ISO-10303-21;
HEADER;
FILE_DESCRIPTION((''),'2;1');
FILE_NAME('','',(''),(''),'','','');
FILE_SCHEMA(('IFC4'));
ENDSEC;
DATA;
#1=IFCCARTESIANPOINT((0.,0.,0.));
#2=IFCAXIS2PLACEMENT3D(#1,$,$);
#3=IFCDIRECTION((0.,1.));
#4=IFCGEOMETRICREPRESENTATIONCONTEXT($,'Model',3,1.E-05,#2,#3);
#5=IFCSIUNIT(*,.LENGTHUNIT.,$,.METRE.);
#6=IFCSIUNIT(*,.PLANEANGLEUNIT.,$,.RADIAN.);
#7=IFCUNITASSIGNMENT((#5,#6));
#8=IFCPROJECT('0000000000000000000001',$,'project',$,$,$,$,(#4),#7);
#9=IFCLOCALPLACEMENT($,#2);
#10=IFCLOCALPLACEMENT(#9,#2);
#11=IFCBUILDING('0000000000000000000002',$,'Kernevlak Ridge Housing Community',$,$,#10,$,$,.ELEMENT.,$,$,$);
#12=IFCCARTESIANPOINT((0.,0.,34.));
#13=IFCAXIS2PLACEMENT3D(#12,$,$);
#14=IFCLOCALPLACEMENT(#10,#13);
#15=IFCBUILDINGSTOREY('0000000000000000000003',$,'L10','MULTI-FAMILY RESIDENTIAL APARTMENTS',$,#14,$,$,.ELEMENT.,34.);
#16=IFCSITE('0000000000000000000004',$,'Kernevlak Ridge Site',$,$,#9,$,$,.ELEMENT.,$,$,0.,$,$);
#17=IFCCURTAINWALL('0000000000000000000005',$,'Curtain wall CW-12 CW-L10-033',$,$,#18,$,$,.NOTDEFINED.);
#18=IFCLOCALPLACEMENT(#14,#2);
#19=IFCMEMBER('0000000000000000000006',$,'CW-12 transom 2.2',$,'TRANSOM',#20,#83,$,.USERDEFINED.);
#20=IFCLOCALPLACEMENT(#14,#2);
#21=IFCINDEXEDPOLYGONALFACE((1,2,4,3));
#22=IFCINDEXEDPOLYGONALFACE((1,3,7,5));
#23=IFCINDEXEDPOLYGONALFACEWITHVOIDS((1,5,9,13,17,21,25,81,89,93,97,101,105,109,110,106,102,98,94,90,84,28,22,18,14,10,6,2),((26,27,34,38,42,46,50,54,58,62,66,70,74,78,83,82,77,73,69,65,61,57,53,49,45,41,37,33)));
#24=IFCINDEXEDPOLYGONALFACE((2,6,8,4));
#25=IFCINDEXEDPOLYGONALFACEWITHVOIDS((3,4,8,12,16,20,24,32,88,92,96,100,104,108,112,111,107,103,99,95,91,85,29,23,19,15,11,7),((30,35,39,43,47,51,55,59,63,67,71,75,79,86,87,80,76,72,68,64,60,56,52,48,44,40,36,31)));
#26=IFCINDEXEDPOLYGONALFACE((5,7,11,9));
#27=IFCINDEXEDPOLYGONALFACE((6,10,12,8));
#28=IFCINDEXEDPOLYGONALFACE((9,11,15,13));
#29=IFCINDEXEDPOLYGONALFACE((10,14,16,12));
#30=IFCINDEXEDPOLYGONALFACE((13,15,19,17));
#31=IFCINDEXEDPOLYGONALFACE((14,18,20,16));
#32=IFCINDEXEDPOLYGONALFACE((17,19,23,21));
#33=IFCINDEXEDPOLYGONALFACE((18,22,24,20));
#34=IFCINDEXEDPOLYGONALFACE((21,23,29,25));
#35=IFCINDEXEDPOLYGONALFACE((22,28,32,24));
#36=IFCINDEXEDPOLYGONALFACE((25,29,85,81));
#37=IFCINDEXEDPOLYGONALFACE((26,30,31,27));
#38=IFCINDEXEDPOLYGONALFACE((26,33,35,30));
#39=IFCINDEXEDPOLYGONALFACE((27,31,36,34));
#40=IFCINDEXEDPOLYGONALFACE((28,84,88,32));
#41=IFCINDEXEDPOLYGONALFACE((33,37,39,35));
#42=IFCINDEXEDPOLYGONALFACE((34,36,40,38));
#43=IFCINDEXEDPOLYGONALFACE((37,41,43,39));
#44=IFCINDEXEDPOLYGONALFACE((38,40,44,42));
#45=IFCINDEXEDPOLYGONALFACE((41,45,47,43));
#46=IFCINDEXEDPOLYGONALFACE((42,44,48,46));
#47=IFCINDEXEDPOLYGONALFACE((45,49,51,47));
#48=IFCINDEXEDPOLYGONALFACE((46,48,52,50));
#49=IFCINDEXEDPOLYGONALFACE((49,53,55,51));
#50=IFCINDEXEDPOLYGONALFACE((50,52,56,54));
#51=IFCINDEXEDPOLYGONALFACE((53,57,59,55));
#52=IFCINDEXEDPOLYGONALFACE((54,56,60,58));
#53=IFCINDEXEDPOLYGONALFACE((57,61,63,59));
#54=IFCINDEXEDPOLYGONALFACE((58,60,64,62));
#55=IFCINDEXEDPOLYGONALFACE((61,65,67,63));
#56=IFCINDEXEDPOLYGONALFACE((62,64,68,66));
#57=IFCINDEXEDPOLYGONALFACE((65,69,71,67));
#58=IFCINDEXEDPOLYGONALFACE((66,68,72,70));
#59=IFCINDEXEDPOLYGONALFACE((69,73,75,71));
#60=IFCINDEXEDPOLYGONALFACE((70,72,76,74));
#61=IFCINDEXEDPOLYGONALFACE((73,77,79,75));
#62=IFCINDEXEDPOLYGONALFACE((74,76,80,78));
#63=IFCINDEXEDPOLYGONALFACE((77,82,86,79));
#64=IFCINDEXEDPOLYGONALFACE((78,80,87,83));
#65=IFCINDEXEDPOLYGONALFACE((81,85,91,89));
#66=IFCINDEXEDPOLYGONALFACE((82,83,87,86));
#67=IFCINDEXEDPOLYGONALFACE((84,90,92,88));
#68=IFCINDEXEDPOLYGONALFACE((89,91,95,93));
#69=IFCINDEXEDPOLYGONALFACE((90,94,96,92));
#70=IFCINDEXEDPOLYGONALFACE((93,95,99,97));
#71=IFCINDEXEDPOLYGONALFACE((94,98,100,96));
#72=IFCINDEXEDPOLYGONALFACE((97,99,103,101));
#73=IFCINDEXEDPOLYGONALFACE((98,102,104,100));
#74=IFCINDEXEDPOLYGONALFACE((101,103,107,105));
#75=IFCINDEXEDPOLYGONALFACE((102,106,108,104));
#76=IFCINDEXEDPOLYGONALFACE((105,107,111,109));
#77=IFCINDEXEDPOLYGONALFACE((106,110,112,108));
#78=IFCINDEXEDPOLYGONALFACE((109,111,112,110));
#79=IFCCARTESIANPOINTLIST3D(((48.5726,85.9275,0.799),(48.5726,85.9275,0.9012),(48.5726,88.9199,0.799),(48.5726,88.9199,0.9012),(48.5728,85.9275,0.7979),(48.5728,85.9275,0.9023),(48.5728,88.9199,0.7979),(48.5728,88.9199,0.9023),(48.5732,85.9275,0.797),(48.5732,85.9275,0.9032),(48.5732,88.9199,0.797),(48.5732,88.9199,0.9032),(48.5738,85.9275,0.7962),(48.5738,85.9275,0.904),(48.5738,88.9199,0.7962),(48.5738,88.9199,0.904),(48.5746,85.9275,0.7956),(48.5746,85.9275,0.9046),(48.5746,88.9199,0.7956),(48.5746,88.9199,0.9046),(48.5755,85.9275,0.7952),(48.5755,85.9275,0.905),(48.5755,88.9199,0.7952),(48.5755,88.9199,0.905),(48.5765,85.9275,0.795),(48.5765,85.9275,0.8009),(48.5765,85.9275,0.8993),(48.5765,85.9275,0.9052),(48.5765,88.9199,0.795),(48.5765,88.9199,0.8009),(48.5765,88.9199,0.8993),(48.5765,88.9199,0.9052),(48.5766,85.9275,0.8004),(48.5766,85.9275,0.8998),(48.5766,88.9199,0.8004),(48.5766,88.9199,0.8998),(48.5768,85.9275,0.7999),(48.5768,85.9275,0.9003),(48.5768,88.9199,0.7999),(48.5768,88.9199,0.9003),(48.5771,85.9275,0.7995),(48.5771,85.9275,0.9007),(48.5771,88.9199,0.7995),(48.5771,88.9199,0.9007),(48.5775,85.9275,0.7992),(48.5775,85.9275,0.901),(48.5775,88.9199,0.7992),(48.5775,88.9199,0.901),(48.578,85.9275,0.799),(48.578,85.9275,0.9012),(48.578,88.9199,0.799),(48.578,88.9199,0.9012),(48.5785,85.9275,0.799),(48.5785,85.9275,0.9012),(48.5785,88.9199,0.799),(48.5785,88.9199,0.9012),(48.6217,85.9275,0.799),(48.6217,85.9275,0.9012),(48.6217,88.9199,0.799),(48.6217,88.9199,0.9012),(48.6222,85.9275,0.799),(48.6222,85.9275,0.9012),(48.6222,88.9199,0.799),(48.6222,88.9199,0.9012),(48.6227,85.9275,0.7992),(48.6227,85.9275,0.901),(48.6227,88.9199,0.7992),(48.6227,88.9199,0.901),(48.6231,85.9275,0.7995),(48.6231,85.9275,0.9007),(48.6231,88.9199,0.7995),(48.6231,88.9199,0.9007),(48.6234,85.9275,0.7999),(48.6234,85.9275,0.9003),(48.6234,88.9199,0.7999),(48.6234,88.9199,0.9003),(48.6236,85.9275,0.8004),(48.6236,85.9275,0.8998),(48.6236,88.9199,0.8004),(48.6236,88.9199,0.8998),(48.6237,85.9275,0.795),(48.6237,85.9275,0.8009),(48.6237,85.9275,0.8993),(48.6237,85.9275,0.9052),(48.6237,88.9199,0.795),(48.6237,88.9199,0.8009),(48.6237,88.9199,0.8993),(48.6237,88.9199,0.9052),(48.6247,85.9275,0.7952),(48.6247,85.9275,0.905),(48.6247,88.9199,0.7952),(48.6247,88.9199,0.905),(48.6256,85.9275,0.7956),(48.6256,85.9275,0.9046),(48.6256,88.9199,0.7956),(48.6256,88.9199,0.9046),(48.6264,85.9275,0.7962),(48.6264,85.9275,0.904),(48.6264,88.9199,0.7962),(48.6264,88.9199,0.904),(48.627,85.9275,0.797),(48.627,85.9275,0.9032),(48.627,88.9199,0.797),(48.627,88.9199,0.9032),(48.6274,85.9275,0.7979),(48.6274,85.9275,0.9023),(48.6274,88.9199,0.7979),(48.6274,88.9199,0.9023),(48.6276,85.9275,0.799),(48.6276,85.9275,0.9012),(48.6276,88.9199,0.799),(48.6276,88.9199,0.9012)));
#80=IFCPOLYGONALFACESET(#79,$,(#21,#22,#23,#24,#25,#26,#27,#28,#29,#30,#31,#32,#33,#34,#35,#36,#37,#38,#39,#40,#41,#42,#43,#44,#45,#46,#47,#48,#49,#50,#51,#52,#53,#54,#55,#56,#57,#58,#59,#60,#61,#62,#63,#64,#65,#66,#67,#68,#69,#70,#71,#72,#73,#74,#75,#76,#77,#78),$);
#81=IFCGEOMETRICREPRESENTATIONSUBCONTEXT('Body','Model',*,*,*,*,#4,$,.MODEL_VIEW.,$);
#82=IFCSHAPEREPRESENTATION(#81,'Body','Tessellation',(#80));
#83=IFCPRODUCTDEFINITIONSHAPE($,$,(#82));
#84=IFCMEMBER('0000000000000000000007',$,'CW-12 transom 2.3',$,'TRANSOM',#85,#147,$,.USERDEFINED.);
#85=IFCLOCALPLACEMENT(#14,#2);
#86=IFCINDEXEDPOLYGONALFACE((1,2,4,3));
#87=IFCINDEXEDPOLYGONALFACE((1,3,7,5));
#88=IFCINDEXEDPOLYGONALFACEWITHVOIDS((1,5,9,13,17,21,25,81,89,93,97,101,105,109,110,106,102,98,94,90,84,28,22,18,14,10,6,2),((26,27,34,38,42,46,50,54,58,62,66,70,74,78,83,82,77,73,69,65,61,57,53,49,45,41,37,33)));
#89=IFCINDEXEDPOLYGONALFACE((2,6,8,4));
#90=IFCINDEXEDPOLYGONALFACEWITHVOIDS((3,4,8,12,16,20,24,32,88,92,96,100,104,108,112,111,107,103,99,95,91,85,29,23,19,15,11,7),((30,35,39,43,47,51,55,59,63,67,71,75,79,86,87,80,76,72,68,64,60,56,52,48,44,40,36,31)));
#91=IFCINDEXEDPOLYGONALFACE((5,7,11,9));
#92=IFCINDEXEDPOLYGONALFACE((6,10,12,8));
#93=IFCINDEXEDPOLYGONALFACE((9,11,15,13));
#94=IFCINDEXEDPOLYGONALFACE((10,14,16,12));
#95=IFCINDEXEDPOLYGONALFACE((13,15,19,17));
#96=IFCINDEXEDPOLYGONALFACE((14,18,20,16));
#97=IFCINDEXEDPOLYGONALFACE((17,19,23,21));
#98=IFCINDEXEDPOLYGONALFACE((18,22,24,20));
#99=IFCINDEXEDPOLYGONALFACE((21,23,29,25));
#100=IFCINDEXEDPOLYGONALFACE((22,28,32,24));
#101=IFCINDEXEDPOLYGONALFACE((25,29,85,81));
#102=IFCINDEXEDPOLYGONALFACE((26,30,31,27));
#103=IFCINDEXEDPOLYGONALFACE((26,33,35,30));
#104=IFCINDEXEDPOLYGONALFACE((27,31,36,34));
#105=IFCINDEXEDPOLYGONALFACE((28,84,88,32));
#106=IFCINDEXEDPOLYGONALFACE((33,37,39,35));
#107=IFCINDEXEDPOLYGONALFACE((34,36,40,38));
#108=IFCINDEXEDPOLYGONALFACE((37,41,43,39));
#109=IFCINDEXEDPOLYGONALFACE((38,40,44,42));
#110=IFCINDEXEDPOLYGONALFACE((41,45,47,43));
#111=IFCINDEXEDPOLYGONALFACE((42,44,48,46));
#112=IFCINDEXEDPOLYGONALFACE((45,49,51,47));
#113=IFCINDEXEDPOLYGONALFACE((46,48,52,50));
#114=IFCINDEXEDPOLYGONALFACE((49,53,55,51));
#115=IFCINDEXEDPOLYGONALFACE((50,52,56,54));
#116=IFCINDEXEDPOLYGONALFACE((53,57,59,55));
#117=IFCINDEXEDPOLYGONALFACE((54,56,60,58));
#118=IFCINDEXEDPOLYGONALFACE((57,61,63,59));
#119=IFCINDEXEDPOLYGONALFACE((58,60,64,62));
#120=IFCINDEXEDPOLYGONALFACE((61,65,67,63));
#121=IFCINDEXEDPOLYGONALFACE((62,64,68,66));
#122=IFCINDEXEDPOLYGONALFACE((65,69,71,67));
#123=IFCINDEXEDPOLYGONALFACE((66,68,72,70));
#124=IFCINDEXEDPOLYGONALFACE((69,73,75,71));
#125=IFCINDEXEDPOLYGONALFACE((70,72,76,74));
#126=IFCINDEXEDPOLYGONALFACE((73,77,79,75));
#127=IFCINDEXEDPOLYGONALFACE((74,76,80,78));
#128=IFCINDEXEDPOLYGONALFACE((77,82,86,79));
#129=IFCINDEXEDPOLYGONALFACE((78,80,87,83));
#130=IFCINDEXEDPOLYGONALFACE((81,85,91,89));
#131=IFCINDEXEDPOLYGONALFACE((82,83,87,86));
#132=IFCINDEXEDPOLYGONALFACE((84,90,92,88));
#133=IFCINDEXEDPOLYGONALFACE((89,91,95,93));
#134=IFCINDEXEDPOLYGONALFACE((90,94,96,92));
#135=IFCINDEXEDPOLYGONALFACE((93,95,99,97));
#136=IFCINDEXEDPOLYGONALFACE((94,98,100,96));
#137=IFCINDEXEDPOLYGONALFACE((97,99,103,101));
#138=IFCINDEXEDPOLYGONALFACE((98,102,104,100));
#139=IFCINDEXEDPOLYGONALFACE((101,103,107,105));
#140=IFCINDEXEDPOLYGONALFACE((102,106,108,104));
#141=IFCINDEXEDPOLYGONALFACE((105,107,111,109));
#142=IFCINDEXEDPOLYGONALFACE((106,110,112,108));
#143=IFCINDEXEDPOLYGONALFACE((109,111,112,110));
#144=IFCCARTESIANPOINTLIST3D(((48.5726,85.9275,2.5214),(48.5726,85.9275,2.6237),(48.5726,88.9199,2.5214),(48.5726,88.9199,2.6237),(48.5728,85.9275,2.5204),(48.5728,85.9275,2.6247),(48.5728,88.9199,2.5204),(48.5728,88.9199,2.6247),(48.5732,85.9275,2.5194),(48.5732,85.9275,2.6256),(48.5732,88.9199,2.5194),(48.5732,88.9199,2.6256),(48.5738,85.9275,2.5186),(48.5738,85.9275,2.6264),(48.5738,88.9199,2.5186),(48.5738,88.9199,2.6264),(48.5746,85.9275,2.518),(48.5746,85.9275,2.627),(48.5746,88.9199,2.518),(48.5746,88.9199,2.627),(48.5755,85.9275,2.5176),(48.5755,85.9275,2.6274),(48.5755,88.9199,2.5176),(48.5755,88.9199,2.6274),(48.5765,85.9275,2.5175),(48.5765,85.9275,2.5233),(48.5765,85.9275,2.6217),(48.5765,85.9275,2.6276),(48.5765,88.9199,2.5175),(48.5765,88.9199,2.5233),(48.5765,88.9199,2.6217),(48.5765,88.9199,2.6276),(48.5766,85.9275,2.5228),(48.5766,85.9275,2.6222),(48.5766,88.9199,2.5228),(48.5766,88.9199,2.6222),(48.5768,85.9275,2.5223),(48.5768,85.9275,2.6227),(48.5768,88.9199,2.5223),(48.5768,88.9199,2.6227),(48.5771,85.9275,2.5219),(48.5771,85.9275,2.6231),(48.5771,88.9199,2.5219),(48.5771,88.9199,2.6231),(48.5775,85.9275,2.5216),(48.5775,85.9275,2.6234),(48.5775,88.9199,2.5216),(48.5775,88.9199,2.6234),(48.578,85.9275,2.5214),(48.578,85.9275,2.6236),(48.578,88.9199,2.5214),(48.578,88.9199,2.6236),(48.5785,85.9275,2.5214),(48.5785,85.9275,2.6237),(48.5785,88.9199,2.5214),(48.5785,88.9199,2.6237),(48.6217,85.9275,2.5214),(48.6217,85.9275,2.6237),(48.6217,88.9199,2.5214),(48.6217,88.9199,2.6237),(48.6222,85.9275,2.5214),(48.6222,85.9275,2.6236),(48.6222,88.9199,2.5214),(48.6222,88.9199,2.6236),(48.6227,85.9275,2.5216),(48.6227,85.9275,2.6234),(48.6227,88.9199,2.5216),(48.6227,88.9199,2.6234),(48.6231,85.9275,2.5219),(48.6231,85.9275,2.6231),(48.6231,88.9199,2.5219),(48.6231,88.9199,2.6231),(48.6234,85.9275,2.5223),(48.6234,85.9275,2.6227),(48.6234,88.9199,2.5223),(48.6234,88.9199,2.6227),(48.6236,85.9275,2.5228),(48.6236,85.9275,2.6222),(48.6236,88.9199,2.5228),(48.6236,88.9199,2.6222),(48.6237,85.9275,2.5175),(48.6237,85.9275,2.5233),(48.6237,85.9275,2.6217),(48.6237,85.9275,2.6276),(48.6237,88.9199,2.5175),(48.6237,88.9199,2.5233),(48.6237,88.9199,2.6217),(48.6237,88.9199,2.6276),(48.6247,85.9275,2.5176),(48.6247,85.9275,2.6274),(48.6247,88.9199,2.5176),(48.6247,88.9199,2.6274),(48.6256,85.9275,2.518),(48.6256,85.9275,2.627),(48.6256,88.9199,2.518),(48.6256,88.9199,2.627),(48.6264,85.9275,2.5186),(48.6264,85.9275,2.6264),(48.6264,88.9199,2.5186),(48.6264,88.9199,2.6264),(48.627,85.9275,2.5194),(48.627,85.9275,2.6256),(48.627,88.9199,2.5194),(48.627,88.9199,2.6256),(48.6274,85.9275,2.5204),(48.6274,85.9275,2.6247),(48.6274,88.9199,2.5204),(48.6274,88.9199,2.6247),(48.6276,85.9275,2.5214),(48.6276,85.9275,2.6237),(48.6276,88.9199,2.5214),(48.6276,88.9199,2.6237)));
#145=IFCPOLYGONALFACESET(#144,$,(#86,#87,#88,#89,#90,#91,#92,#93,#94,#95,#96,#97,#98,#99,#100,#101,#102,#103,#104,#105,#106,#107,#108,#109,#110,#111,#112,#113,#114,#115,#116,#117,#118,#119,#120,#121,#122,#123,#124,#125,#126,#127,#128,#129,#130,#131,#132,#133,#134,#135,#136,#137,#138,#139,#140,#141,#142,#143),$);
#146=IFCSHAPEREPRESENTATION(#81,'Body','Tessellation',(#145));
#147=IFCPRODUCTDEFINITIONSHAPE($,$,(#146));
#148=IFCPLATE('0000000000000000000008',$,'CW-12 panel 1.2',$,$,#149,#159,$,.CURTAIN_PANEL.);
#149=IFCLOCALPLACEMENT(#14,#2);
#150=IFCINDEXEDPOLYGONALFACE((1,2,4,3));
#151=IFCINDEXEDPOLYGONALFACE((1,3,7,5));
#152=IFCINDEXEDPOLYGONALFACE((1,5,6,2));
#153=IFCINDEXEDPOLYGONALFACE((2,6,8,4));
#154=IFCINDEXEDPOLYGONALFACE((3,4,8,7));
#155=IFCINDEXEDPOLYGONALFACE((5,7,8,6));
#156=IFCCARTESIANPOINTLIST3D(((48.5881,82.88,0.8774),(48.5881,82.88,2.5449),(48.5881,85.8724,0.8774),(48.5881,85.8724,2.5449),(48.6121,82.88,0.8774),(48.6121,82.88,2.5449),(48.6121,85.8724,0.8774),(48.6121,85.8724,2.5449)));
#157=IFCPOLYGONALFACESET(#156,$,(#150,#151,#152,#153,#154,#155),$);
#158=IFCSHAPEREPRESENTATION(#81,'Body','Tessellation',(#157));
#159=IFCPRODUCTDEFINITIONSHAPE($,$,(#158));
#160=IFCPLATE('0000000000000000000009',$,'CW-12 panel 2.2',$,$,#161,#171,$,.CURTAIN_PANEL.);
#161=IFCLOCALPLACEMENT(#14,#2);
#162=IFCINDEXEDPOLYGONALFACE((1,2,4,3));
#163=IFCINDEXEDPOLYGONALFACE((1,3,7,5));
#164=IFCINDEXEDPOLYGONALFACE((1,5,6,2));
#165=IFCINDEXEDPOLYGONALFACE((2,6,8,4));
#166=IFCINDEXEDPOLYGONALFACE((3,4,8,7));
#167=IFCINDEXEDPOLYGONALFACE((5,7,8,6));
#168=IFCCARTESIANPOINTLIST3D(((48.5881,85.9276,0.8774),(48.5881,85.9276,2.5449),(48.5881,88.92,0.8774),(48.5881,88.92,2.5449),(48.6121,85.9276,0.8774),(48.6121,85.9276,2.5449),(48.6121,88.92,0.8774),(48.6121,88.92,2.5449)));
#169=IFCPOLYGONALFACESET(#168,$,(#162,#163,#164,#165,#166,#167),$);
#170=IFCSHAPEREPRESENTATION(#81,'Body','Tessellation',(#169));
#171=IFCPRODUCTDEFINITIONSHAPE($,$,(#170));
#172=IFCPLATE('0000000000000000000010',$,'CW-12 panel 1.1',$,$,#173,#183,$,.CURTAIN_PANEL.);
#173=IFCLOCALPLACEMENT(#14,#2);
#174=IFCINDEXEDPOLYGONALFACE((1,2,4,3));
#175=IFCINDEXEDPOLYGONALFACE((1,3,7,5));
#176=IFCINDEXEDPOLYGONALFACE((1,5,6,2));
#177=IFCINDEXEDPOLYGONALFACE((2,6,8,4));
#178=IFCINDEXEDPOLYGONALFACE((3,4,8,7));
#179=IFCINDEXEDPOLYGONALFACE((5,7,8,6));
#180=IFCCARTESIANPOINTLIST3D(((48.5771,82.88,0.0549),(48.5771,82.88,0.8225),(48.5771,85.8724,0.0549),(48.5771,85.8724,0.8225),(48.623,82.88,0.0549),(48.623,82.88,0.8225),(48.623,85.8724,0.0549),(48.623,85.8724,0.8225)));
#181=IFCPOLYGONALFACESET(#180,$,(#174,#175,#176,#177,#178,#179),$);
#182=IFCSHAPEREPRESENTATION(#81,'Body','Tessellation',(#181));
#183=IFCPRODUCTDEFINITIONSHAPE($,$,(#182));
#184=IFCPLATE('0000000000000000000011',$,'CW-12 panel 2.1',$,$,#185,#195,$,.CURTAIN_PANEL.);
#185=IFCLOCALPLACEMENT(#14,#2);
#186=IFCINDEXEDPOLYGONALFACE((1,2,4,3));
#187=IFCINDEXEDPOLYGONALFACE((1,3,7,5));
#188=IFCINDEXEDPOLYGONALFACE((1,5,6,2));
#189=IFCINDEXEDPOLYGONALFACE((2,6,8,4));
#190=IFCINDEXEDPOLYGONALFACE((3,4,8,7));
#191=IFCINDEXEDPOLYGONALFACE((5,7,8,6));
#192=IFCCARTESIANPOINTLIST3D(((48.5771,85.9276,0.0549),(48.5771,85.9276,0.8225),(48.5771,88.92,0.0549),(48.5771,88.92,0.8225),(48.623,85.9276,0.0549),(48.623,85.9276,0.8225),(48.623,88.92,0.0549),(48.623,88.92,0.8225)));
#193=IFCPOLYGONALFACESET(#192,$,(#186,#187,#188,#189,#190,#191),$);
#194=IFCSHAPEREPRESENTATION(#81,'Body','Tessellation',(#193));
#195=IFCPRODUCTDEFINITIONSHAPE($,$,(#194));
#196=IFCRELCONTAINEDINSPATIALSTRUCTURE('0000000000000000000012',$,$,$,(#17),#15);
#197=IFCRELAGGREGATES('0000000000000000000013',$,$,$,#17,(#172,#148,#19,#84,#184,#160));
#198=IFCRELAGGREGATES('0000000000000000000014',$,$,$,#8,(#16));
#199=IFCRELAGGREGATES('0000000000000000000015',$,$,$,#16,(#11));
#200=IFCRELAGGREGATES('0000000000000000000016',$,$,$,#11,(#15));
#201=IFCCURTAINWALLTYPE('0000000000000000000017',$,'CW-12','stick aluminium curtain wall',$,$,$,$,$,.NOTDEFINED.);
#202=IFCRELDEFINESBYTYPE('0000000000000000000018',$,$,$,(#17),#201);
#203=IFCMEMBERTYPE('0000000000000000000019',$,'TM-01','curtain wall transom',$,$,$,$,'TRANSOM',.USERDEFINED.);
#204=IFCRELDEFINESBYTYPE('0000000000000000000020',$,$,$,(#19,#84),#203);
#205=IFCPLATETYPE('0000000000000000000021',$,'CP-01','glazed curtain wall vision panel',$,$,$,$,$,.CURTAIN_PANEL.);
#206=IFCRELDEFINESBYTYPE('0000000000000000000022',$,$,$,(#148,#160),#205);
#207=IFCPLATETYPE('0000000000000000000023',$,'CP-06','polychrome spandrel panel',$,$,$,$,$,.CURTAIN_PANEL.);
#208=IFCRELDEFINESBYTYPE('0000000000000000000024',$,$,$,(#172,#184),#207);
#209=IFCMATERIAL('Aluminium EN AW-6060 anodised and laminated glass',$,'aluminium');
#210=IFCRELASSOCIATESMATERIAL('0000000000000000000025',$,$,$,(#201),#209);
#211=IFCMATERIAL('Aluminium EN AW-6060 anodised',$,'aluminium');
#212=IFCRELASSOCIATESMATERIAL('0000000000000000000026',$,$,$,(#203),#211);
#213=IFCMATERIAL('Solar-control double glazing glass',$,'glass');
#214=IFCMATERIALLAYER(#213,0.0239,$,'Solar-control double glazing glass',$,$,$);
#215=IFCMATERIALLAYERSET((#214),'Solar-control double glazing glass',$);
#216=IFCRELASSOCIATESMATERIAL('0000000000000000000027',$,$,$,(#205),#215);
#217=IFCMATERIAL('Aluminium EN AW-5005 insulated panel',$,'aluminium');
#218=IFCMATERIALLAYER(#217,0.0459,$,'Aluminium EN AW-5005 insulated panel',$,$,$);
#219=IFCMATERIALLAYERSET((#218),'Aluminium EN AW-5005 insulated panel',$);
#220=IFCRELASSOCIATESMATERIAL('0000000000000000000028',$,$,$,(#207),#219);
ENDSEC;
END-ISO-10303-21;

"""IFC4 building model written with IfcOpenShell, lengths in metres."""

from ifc_helpers import new_model, si_unit, direction, frame, origin, origin_2d, place, context, subcontext, project, spatial, rectangle, hollow_rectangle, extrude, material, layer, layer_set, material_profile, profile_set, type_object, element, aggregate, save


model = new_model("IFC4")

# Units and contexts
model_context = context("Model", 3, precision=1e-05, world=origin(), true_north=direction((0.0, 1.0)))
body_context = subcontext(model_context, "Body", "Model", "MODEL_VIEW")
ifc_project = project(units=[si_unit("LENGTHUNIT", "METRE"), si_unit("PLANEANGLEUNIT", "RADIAN")], contexts=[model_context])

# Site, building, storey
site_placement = place(None, origin())
site = spatial("IfcSite", under=ifc_project, at=site_placement, Name="Kernevlak Ridge Site", CompositionType="ELEMENT", RefElevation=0.0)
building_placement = place(site_placement, origin())
building = spatial("IfcBuilding", under=site, at=building_placement, Name="Kernevlak Ridge Housing Community", CompositionType="ELEMENT")
storey_placement = place(building_placement, frame((0.0, 0.0, 34.0)))
storey = spatial("IfcBuildingStorey", under=building, at=storey_placement, Name="L10", Description="MULTI-FAMILY RESIDENTIAL APARTMENTS", CompositionType="ELEMENT", Elevation=34.0)

# Curtain wall
ifc_material_1 = material(Name="Aluminium EN AW-6060 anodised and laminated glass", Category="aluminium")
curtain_wall_type = type_object("IfcCurtainWallType", Name="CW-12", Description="stick aluminium curtain wall", PredefinedType="NOTDEFINED", material=ifc_material_1)
curtain_wall_placement = place(storey_placement, origin())
curtain_wall = element("IfcCurtainWall", 1, at=curtain_wall_placement, inside=storey, type_object=curtain_wall_type, Name="Curtain wall CW-12 CW-L10-033", PredefinedType="NOTDEFINED")
ifc_material_2 = material(Name="Aluminium EN AW-6060 anodised", Category="aluminium")

# Members
ifc_material_profile_1 = material_profile(ifc_material_2, hollow_rectangle(XDim=0.0549, YDim=0.1101, WallThickness=0.0039, InnerFilletRadius=0.002, OuterFilletRadius=0.0039, at=origin_2d()), Name="ALU 55x110x4")
ifc_profile_set_1 = profile_set([ifc_material_profile_1], Name="Aluminium EN AW-6060 anodised")
member_type_1 = type_object("IfcMemberType", Name="TM-01", Description="curtain wall transom", ElementType="TRANSOM", PredefinedType="USERDEFINED", material=ifc_profile_set_1)
member_1_placement = place(storey_placement, frame((48.6001, 85.9275, 0.8501), z_axis=(0.0, 1.0, 0.0), x_axis=(-1.0, 0.0, 0.0)))
member_1 = element("IfcMember", 2, at=member_1_placement, type_object=member_type_1, Name="CW-12 transom 2.2", ObjectType="TRANSOM", PredefinedType="USERDEFINED", context=body_context, shape_type="SweptSolid", body=[
    extrude(hollow_rectangle(XDim=0.0549, YDim=0.1101, WallThickness=0.0039, InnerFilletRadius=0.002, OuterFilletRadius=0.0039, at=origin_2d()), origin(), (0.0, 0.0, 1.0), 2.9924),
])
member_2_placement = place(storey_placement, frame((48.6001, 85.9275, 2.5725), z_axis=(0.0, 1.0, 0.0), x_axis=(-1.0, 0.0, 0.0)))
member_2 = element("IfcMember", 3, at=member_2_placement, type_object=member_type_1, Name="CW-12 transom 2.3", ObjectType="TRANSOM", PredefinedType="USERDEFINED", context=body_context, shape_type="SweptSolid", body=[
    extrude(hollow_rectangle(XDim=0.0549, YDim=0.1101, WallThickness=0.0039, InnerFilletRadius=0.002, OuterFilletRadius=0.0039, at=origin_2d()), origin(), (0.0, 0.0, 1.0), 2.9924),
])

# Plates
ifc_material_3 = material(Name="Solar-control double glazing glass", Category="glass")
ifc_layer_1 = layer(ifc_material_3, 0.0239, Name="Solar-control double glazing glass")
ifc_layer_set_1 = layer_set([ifc_layer_1], Name="Solar-control double glazing glass")
plate_type_1 = type_object("IfcPlateType", Name="CP-01", Description="glazed curtain wall vision panel", PredefinedType="CURTAIN_PANEL", material=ifc_layer_set_1)
plate_1_placement = place(storey_placement, frame((48.6001, 84.3762, 0.8774), z_axis=(0.0, 0.0, 1.0), x_axis=(0.0, 1.0, 0.0)))
plate_1 = element("IfcPlate", 4, at=plate_1_placement, type_object=plate_type_1, Name="CW-12 panel 1.2", PredefinedType="CURTAIN_PANEL", context=body_context, shape_type="SweptSolid", body=[
    extrude(rectangle(XDim=2.9924, YDim=0.0239, at=origin_2d()), origin(), (0.0, 0.0, 1.0), 1.6675),
])
plate_2_placement = place(storey_placement, frame((48.6001, 87.4238, 0.8774), z_axis=(0.0, 0.0, 1.0), x_axis=(0.0, 1.0, 0.0)))
plate_2 = element("IfcPlate", 5, at=plate_2_placement, type_object=plate_type_1, Name="CW-12 panel 2.2", PredefinedType="CURTAIN_PANEL", context=body_context, shape_type="SweptSolid", body=[
    extrude(rectangle(XDim=2.9924, YDim=0.0239, at=origin_2d()), origin(), (0.0, 0.0, 1.0), 1.6675),
])
ifc_material_4 = material(Name="Aluminium EN AW-5005 insulated panel", Category="aluminium")
ifc_layer_2 = layer(ifc_material_4, 0.0459, Name="Aluminium EN AW-5005 insulated panel")
ifc_layer_set_2 = layer_set([ifc_layer_2], Name="Aluminium EN AW-5005 insulated panel")
plate_type_2 = type_object("IfcPlateType", Name="CP-06", Description="polychrome spandrel panel", PredefinedType="CURTAIN_PANEL", material=ifc_layer_set_2)
plate_3_placement = place(storey_placement, frame((48.6001, 84.3762, 0.0549), z_axis=(0.0, 0.0, 1.0), x_axis=(0.0, 1.0, 0.0)))
plate_3 = element("IfcPlate", 6, at=plate_3_placement, type_object=plate_type_2, Name="CW-12 panel 1.1", PredefinedType="CURTAIN_PANEL", context=body_context, shape_type="SweptSolid", body=[
    extrude(rectangle(XDim=2.9924, YDim=0.0459, at=origin_2d()), origin(), (0.0, 0.0, 1.0), 0.7676),
])
plate_4_placement = place(storey_placement, frame((48.6001, 87.4238, 0.0549), z_axis=(0.0, 0.0, 1.0), x_axis=(0.0, 1.0, 0.0)))
plate_4 = element("IfcPlate", 7, at=plate_4_placement, type_object=plate_type_2, Name="CW-12 panel 2.1", PredefinedType="CURTAIN_PANEL", context=body_context, shape_type="SweptSolid", body=[
    extrude(rectangle(XDim=2.9924, YDim=0.0459, at=origin_2d()), origin(), (0.0, 0.0, 1.0), 0.7676),
])
aggregate(curtain_wall, [plate_3, plate_1, member_1, member_2, plate_4, plate_2])

save(model, "model.ifc")
